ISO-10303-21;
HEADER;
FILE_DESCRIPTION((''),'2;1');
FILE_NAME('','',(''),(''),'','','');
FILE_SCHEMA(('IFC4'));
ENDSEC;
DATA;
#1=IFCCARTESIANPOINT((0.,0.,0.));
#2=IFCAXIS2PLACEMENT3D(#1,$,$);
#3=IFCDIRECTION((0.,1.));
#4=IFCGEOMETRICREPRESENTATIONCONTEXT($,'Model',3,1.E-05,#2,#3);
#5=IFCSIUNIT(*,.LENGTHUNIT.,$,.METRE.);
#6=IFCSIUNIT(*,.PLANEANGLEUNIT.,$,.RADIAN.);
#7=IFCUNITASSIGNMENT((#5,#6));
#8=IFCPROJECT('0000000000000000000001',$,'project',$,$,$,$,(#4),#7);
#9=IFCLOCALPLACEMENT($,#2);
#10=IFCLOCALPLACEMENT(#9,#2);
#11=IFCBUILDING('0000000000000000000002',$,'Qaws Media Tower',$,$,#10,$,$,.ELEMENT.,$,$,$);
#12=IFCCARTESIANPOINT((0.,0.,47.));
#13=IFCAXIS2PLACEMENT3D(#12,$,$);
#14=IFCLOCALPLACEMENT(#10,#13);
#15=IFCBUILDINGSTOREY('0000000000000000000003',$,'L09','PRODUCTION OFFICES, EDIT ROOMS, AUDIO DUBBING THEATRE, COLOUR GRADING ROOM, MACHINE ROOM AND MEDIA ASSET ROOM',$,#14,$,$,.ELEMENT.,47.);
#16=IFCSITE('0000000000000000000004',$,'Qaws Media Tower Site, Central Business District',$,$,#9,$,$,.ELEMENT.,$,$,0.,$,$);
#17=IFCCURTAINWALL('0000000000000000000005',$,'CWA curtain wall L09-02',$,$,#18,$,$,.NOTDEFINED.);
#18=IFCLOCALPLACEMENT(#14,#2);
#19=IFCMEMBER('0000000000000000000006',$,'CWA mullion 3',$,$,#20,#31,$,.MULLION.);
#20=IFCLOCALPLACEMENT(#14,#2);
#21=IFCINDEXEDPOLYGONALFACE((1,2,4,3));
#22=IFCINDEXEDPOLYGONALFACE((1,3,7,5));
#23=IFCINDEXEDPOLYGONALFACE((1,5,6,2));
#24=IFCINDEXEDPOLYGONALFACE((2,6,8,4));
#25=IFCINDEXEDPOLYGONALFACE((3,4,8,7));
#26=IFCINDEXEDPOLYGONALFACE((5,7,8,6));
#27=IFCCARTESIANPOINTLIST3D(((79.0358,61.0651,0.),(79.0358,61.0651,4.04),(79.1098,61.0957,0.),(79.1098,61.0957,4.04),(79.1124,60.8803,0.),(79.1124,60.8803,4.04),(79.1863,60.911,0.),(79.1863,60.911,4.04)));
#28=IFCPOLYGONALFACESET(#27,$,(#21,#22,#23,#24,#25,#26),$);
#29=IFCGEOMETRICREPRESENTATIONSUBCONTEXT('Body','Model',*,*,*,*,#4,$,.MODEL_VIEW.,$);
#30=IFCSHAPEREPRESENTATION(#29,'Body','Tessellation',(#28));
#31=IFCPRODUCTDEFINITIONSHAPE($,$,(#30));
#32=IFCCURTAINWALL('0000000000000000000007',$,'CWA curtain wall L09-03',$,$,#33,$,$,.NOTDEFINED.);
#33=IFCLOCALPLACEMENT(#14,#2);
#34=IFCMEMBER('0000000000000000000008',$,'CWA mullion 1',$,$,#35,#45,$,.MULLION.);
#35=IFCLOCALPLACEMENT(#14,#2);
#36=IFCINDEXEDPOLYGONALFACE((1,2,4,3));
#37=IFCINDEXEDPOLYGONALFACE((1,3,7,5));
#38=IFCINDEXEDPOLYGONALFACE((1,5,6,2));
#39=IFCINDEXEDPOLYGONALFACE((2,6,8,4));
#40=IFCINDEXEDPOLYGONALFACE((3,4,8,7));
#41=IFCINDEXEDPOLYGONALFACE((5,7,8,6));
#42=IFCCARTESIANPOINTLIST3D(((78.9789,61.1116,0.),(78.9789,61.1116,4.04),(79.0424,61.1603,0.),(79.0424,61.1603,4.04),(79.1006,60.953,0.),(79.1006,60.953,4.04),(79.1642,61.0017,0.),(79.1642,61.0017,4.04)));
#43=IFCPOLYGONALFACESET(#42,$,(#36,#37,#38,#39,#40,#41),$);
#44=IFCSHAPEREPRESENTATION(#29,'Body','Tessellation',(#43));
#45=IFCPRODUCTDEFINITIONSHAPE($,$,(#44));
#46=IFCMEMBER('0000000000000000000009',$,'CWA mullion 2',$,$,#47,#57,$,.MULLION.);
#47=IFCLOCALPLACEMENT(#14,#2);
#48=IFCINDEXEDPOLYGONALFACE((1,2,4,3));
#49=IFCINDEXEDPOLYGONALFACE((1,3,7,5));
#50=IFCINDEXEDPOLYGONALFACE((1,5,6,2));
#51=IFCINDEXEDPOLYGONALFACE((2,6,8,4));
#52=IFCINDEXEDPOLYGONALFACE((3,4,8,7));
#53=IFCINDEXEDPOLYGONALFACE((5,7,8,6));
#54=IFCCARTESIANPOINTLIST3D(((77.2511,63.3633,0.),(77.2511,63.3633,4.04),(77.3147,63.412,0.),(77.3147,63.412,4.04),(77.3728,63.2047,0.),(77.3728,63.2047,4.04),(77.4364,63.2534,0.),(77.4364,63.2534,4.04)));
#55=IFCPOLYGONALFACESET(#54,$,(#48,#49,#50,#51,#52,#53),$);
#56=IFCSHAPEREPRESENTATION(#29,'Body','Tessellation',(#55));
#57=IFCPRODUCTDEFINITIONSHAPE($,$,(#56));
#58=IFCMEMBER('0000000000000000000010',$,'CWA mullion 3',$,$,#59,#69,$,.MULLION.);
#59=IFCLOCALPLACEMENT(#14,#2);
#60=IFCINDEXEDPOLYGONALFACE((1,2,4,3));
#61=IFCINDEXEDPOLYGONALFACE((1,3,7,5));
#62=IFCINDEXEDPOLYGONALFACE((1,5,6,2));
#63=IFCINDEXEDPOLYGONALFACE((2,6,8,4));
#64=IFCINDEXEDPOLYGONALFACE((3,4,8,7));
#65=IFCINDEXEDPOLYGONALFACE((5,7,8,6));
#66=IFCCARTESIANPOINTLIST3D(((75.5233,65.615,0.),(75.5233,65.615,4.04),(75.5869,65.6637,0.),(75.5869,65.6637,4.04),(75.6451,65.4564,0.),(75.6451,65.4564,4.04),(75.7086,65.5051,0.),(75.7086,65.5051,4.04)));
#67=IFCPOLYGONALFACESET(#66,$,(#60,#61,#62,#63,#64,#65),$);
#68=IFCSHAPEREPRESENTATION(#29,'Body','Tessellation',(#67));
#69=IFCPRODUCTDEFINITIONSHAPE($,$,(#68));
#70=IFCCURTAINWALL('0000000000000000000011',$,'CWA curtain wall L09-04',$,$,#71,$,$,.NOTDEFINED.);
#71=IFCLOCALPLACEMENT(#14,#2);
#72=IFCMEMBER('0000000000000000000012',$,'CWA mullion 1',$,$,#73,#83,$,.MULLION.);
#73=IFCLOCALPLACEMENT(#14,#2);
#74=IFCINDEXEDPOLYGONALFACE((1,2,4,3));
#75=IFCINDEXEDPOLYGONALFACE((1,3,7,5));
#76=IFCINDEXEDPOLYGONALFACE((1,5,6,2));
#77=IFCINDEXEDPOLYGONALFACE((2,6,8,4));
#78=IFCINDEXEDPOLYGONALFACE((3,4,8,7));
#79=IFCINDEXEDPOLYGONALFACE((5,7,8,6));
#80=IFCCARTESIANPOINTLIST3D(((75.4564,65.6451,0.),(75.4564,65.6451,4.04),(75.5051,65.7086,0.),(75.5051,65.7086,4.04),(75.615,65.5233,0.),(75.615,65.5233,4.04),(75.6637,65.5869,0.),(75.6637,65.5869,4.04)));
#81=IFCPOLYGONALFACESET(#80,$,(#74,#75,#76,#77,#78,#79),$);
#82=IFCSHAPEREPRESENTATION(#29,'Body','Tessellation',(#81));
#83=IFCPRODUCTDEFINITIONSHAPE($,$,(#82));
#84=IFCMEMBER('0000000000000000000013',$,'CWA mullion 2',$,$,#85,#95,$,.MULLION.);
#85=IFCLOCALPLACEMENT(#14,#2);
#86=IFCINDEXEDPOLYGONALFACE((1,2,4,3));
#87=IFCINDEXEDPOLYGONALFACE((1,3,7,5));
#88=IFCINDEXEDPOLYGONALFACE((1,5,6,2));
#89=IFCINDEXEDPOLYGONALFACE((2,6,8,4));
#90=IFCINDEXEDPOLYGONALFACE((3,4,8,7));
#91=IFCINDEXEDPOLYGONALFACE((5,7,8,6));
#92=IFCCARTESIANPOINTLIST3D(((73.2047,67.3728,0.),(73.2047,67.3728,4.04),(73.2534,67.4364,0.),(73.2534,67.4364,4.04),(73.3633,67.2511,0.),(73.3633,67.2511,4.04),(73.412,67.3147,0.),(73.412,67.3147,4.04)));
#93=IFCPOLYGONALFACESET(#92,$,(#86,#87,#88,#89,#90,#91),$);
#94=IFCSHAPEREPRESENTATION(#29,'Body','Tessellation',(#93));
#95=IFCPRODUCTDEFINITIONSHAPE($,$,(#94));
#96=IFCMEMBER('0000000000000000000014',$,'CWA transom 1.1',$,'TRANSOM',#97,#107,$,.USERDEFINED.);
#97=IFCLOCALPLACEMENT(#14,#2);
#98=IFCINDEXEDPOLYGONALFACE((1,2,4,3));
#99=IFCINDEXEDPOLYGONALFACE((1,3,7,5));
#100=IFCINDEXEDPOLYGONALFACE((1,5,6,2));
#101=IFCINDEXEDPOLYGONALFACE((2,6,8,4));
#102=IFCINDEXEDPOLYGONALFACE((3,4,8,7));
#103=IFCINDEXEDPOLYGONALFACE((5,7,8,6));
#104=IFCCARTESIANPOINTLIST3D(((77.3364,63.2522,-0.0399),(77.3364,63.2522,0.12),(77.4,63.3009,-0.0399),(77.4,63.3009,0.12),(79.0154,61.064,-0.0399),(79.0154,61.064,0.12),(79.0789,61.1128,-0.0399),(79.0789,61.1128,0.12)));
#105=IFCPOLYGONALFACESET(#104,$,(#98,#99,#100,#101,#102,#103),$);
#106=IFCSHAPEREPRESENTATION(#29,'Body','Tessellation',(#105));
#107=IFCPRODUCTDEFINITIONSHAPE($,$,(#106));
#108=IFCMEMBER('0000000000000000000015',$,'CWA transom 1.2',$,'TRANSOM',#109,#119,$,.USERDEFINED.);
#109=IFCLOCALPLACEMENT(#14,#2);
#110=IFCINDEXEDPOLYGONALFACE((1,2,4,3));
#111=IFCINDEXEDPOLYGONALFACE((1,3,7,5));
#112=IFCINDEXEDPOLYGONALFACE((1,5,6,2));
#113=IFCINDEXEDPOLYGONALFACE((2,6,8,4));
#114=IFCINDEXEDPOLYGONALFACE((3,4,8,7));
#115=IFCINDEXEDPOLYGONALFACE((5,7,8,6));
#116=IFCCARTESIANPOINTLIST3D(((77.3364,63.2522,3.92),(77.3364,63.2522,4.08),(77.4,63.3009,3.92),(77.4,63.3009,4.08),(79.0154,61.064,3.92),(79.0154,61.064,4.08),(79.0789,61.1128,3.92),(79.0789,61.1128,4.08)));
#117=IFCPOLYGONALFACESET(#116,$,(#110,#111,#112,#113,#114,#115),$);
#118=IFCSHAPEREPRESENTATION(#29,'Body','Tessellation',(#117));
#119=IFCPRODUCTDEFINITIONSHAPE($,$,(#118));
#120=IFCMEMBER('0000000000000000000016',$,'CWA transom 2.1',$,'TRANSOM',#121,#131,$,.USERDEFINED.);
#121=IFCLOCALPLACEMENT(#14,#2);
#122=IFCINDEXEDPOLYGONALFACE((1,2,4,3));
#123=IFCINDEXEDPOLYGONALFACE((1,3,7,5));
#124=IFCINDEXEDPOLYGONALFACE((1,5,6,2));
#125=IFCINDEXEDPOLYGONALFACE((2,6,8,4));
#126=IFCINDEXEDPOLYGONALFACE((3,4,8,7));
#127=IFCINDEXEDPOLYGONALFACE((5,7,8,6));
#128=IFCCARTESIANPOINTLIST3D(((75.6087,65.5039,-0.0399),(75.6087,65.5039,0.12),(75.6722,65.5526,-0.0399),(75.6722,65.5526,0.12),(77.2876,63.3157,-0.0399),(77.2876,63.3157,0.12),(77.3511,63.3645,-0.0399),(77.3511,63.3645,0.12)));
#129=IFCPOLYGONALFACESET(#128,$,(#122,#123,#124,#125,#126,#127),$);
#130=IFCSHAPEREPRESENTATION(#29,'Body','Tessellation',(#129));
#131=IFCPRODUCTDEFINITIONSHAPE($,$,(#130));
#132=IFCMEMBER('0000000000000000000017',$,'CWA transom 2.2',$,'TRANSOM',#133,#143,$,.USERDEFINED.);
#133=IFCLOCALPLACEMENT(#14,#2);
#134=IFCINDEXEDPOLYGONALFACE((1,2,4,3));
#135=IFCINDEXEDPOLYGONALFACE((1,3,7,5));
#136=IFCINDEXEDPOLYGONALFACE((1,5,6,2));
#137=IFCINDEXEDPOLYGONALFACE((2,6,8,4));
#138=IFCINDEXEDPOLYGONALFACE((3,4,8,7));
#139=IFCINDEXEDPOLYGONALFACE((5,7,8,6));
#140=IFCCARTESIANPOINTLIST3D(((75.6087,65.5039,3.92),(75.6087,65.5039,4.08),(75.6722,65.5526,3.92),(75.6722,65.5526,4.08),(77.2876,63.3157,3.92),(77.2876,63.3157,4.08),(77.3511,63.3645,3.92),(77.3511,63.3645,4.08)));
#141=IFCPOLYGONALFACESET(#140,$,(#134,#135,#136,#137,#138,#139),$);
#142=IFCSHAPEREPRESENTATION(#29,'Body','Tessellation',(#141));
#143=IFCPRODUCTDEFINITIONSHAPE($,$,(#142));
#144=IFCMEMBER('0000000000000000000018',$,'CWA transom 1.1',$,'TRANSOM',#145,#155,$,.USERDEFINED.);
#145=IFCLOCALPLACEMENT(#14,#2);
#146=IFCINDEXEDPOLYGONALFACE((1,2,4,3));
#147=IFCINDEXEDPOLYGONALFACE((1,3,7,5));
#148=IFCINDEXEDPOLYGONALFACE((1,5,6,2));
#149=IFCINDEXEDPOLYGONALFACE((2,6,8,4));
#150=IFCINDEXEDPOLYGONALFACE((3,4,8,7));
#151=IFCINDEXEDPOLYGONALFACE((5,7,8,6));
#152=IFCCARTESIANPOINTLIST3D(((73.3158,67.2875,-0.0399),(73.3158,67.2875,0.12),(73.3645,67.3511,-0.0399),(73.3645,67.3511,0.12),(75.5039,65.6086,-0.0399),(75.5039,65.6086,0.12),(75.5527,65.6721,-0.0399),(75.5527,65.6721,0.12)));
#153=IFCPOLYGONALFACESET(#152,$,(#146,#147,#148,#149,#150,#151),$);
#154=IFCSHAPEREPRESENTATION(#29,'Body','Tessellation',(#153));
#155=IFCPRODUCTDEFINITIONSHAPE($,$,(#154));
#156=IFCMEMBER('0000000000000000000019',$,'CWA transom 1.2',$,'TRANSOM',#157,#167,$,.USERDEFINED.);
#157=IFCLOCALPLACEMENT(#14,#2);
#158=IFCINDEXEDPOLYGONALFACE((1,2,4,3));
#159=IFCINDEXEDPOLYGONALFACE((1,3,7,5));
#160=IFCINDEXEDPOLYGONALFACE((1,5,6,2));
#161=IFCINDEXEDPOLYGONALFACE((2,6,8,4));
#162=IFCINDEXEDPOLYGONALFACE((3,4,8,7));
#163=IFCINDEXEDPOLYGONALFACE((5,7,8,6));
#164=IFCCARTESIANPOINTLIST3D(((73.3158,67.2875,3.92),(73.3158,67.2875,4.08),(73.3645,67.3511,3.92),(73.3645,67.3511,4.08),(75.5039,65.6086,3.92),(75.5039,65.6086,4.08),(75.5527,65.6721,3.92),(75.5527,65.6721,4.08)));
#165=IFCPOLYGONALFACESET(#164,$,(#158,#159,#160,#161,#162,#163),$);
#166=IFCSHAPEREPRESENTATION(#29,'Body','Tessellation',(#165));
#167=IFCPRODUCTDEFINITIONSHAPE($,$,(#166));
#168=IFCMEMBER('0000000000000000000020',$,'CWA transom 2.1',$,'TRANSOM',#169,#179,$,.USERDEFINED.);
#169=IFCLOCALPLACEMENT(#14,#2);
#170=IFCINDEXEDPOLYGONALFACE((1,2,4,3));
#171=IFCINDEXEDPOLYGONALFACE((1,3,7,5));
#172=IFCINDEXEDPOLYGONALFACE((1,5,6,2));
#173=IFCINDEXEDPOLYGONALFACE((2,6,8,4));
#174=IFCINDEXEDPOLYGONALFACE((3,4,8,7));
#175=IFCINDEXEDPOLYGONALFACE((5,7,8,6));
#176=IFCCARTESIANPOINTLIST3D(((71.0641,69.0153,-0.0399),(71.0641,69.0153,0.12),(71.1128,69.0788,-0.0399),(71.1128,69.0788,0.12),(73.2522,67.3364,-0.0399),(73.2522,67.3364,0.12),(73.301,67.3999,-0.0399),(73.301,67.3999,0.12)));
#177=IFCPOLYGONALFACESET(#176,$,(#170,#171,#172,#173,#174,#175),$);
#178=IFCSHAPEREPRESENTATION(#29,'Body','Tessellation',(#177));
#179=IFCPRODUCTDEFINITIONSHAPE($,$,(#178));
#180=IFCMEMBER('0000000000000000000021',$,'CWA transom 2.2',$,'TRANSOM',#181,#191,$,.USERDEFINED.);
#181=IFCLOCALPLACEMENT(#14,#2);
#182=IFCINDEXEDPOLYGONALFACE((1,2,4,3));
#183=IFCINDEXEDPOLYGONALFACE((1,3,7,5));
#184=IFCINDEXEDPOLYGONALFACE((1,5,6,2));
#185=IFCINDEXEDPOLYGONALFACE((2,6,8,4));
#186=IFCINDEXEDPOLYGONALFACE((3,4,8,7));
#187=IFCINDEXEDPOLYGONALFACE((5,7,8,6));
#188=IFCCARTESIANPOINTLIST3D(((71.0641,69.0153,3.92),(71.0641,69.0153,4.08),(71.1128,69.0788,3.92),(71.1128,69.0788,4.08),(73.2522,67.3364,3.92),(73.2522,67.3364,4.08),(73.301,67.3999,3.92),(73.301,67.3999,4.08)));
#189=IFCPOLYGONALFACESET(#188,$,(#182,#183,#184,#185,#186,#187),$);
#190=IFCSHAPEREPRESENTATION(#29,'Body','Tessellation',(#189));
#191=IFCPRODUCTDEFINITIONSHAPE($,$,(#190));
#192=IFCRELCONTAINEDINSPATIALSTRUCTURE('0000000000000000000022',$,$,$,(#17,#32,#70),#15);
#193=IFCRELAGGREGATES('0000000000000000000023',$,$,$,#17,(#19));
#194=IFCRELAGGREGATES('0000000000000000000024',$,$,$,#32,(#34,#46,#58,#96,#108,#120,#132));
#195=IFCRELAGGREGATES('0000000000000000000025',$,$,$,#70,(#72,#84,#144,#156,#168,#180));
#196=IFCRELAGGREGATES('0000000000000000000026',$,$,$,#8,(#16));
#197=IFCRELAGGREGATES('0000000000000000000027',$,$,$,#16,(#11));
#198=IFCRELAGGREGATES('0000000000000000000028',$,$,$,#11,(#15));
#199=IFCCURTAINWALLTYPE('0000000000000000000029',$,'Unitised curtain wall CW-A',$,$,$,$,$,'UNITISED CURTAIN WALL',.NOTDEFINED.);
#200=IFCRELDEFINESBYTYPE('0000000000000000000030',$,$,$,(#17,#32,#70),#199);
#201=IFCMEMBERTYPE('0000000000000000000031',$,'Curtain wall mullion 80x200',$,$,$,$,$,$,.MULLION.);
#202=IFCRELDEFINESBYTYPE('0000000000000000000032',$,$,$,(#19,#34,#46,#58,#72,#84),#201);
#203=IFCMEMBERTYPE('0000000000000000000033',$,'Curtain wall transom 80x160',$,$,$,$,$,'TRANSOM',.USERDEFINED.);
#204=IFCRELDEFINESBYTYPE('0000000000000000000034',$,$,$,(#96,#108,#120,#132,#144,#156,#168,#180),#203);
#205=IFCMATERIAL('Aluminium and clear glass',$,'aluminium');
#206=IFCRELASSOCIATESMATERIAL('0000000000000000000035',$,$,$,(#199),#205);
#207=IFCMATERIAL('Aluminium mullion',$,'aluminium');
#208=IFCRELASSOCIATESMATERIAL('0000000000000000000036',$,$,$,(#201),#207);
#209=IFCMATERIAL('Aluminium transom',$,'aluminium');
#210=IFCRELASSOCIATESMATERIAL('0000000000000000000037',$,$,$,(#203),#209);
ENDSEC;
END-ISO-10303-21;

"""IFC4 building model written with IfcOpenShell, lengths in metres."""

from ifc_helpers import new_model, si_unit, direction, frame, origin, origin_2d, place, context, subcontext, project, spatial, rectangle, extrude, material, material_profile, profile_set, type_object, element, aggregate, save


model = new_model("IFC4")

# Units and contexts
model_context = context("Model", 3, precision=1e-05, world=origin(), true_north=direction((0.0, 1.0)))
body_context = subcontext(model_context, "Body", "Model", "MODEL_VIEW")
ifc_project = project(units=[si_unit("LENGTHUNIT", "METRE"), si_unit("PLANEANGLEUNIT", "RADIAN")], contexts=[model_context])

# Site, building, storey
site_placement = place(None, origin())
site = spatial("IfcSite", under=ifc_project, at=site_placement, Name="Qaws Media Tower Site, Central Business District", CompositionType="ELEMENT", RefElevation=0.0)
building_placement = place(site_placement, origin())
building = spatial("IfcBuilding", under=site, at=building_placement, Name="Qaws Media Tower", CompositionType="ELEMENT")
storey_placement = place(building_placement, frame((0.0, 0.0, 47.0)))
storey = spatial("IfcBuildingStorey", under=building, at=storey_placement, Name="L09", Description="PRODUCTION OFFICES, EDIT ROOMS, AUDIO DUBBING THEATRE, COLOUR GRADING ROOM, MACHINE ROOM AND MEDIA ASSET ROOM", CompositionType="ELEMENT", Elevation=47.0)

# Curtain wall, member
ifc_material_1 = material(Name="Aluminium and clear glass", Category="aluminium")
curtain_wall_type = type_object("IfcCurtainWallType", Name="Unitised curtain wall CW-A", ElementType="UNITISED CURTAIN WALL", PredefinedType="NOTDEFINED", material=ifc_material_1)
curtain_wall_1_placement = place(storey_placement, origin())
curtain_wall_1 = element("IfcCurtainWall", 1, at=curtain_wall_1_placement, inside=storey, type_object=curtain_wall_type, Name="CWA curtain wall L09-02", PredefinedType="NOTDEFINED")
ifc_material_2 = material(Name="Aluminium mullion", Category="aluminium")
ifc_material_profile_1 = material_profile(ifc_material_2, rectangle(XDim=0.0801, YDim=0.2, at=origin_2d()), Name="80x200")
ifc_profile_set_1 = profile_set([ifc_material_profile_1], Name="Aluminium mullion")
member_type_1 = type_object("IfcMemberType", Name="Curtain wall mullion 80x200", PredefinedType="MULLION", material=ifc_profile_set_1)
member_1_placement = place(storey_placement, frame((79.1111, 60.988, 0.0), z_axis=(0.0, 0.0, 1.0), x_axis=(-0.92388, -0.382683, 0.0)))
member_1 = element("IfcMember", 2, at=member_1_placement, type_object=member_type_1, Name="CWA mullion 3", PredefinedType="MULLION", context=body_context, shape_type="SweptSolid", body=[
    extrude(rectangle(XDim=0.0801, YDim=0.2, at=origin_2d()), origin(), (0.0, 0.0, 1.0), 4.04),
])

# Curtain walls, members
curtain_wall_2_placement = place(storey_placement, origin())
curtain_wall_2 = element("IfcCurtainWall", 3, at=curtain_wall_2_placement, inside=storey, type_object=curtain_wall_type, Name="CWA curtain wall L09-03", PredefinedType="NOTDEFINED")
member_2_placement = place(storey_placement, frame((79.0715, 61.0566, 0.0), z_axis=(0.0, 0.0, 1.0), x_axis=(-0.793353, -0.608761, 0.0)))
member_2 = element("IfcMember", 4, at=member_2_placement, type_object=member_type_1, Name="CWA mullion 1", PredefinedType="MULLION", context=body_context, shape_type="SweptSolid", body=[
    extrude(rectangle(XDim=0.0801, YDim=0.2, at=origin_2d()), origin(), (0.0, 0.0, 1.0), 4.04),
])
member_3_placement = place(storey_placement, frame((77.3438, 63.3083, 0.0), z_axis=(0.0, 0.0, 1.0), x_axis=(-0.793353, -0.608761, 0.0)))
member_3 = element("IfcMember", 5, at=member_3_placement, type_object=member_type_1, Name="CWA mullion 2", PredefinedType="MULLION", context=body_context, shape_type="SweptSolid", body=[
    extrude(rectangle(XDim=0.0801, YDim=0.2, at=origin_2d()), origin(), (0.0, 0.0, 1.0), 4.04),
])
member_4_placement = place(storey_placement, frame((75.616, 65.5601, 0.0), z_axis=(0.0, 0.0, 1.0), x_axis=(-0.793353, -0.608761, 0.0)))
member_4 = element("IfcMember", 6, at=member_4_placement, type_object=member_type_1, Name="CWA mullion 3", PredefinedType="MULLION", context=body_context, shape_type="SweptSolid", body=[
    extrude(rectangle(XDim=0.0801, YDim=0.2, at=origin_2d()), origin(), (0.0, 0.0, 1.0), 4.04),
])
curtain_wall_3_placement = place(storey_placement, origin())
curtain_wall_3 = element("IfcCurtainWall", 7, at=curtain_wall_3_placement, inside=storey, type_object=curtain_wall_type, Name="CWA curtain wall L09-04", PredefinedType="NOTDEFINED")
member_5_placement = place(storey_placement, frame((75.5601, 65.616, 0.0), z_axis=(0.0, 0.0, 1.0), x_axis=(-0.608761, -0.793353, 0.0)))
member_5 = element("IfcMember", 8, at=member_5_placement, type_object=member_type_1, Name="CWA mullion 1", PredefinedType="MULLION", context=body_context, shape_type="SweptSolid", body=[
    extrude(rectangle(XDim=0.0801, YDim=0.2, at=origin_2d()), origin(), (0.0, 0.0, 1.0), 4.04),
])
member_6_placement = place(storey_placement, frame((73.3083, 67.3438, 0.0), z_axis=(0.0, 0.0, 1.0), x_axis=(-0.608761, -0.793353, 0.0)))
member_6 = element("IfcMember", 9, at=member_6_placement, type_object=member_type_1, Name="CWA mullion 2", PredefinedType="MULLION", context=body_context, shape_type="SweptSolid", body=[
    extrude(rectangle(XDim=0.0801, YDim=0.2, at=origin_2d()), origin(), (0.0, 0.0, 1.0), 4.04),
])

# Members
ifc_material_3 = material(Name="Aluminium transom", Category="aluminium")
ifc_material_profile_2 = material_profile(ifc_material_3, rectangle(XDim=0.0801, YDim=0.1599, at=origin_2d()), Name="80x160")
ifc_profile_set_2 = profile_set([ifc_material_profile_2], Name="Aluminium transom")
member_type_2 = type_object("IfcMemberType", Name="Curtain wall transom 80x160", ElementType="TRANSOM", PredefinedType="USERDEFINED", material=ifc_profile_set_2)
member_7_placement = place(storey_placement, frame((79.0471, 61.0884, 0.04), z_axis=(-0.608731, 0.793377, 0.0), x_axis=(-0.793377, -0.608731, 0.0)))
member_7 = element("IfcMember", 10, at=member_7_placement, type_object=member_type_2, Name="CWA transom 1.1", ObjectType="TRANSOM", PredefinedType="USERDEFINED", context=body_context, shape_type="SweptSolid", body=[
    extrude(rectangle(XDim=0.0801, YDim=0.1599, at=origin_2d()), origin(), (0.0, 0.0, 1.0), 2.7581),
])
member_8_placement = place(storey_placement, frame((79.0471, 61.0884, 4.0), z_axis=(-0.608731, 0.793377, 0.0), x_axis=(-0.793377, -0.608731, 0.0)))
member_8 = element("IfcMember", 11, at=member_8_placement, type_object=member_type_2, Name="CWA transom 1.2", ObjectType="TRANSOM", PredefinedType="USERDEFINED", context=body_context, shape_type="SweptSolid", body=[
    extrude(rectangle(XDim=0.0801, YDim=0.1599, at=origin_2d()), origin(), (0.0, 0.0, 1.0), 2.7581),
])
member_9_placement = place(storey_placement, frame((77.3193, 63.3401, 0.04), z_axis=(-0.608731, 0.793377, 0.0), x_axis=(-0.793377, -0.608731, 0.0)))
member_9 = element("IfcMember", 12, at=member_9_placement, type_object=member_type_2, Name="CWA transom 2.1", ObjectType="TRANSOM", PredefinedType="USERDEFINED", context=body_context, shape_type="SweptSolid", body=[
    extrude(rectangle(XDim=0.0801, YDim=0.1599, at=origin_2d()), origin(), (0.0, 0.0, 1.0), 2.7581),
])
member_10_placement = place(storey_placement, frame((77.3193, 63.3401, 4.0), z_axis=(-0.608731, 0.793377, 0.0), x_axis=(-0.793377, -0.608731, 0.0)))
member_10 = element("IfcMember", 13, at=member_10_placement, type_object=member_type_2, Name="CWA transom 2.2", ObjectType="TRANSOM", PredefinedType="USERDEFINED", context=body_context, shape_type="SweptSolid", body=[
    extrude(rectangle(XDim=0.0801, YDim=0.1599, at=origin_2d()), origin(), (0.0, 0.0, 1.0), 2.7581),
])
member_11_placement = place(storey_placement, frame((75.5283, 65.6404, 0.04), z_axis=(-0.793377, 0.608731, 0.0), x_axis=(-0.608731, -0.793377, 0.0)))
member_11 = element("IfcMember", 14, at=member_11_placement, type_object=member_type_2, Name="CWA transom 1.1", ObjectType="TRANSOM", PredefinedType="USERDEFINED", context=body_context, shape_type="SweptSolid", body=[
    extrude(rectangle(XDim=0.0801, YDim=0.1599, at=origin_2d()), origin(), (0.0, 0.0, 1.0), 2.7581),
])
member_12_placement = place(storey_placement, frame((75.5283, 65.6404, 4.0), z_axis=(-0.793377, 0.608731, 0.0), x_axis=(-0.608731, -0.793377, 0.0)))
member_12 = element("IfcMember", 15, at=member_12_placement, type_object=member_type_2, Name="CWA transom 1.2", ObjectType="TRANSOM", PredefinedType="USERDEFINED", context=body_context, shape_type="SweptSolid", body=[
    extrude(rectangle(XDim=0.0801, YDim=0.1599, at=origin_2d()), origin(), (0.0, 0.0, 1.0), 2.7581),
])
member_13_placement = place(storey_placement, frame((73.2766, 67.3682, 0.04), z_axis=(-0.793377, 0.608731, 0.0), x_axis=(-0.608731, -0.793377, 0.0)))
member_13 = element("IfcMember", 16, at=member_13_placement, type_object=member_type_2, Name="CWA transom 2.1", ObjectType="TRANSOM", PredefinedType="USERDEFINED", context=body_context, shape_type="SweptSolid", body=[
    extrude(rectangle(XDim=0.0801, YDim=0.1599, at=origin_2d()), origin(), (0.0, 0.0, 1.0), 2.7581),
])
member_14_placement = place(storey_placement, frame((73.2766, 67.3682, 4.0), z_axis=(-0.793377, 0.608731, 0.0), x_axis=(-0.608731, -0.793377, 0.0)))
member_14 = element("IfcMember", 17, at=member_14_placement, type_object=member_type_2, Name="CWA transom 2.2", ObjectType="TRANSOM", PredefinedType="USERDEFINED", context=body_context, shape_type="SweptSolid", body=[
    extrude(rectangle(XDim=0.0801, YDim=0.1599, at=origin_2d()), origin(), (0.0, 0.0, 1.0), 2.7581),
])

aggregate(curtain_wall_1, [member_1])
aggregate(curtain_wall_2, [member_2, member_3, member_4, member_7, member_8, member_9, member_10])
aggregate(curtain_wall_3, [member_5, member_6, member_11, member_12, member_13, member_14])

save(model, "model.ifc")
